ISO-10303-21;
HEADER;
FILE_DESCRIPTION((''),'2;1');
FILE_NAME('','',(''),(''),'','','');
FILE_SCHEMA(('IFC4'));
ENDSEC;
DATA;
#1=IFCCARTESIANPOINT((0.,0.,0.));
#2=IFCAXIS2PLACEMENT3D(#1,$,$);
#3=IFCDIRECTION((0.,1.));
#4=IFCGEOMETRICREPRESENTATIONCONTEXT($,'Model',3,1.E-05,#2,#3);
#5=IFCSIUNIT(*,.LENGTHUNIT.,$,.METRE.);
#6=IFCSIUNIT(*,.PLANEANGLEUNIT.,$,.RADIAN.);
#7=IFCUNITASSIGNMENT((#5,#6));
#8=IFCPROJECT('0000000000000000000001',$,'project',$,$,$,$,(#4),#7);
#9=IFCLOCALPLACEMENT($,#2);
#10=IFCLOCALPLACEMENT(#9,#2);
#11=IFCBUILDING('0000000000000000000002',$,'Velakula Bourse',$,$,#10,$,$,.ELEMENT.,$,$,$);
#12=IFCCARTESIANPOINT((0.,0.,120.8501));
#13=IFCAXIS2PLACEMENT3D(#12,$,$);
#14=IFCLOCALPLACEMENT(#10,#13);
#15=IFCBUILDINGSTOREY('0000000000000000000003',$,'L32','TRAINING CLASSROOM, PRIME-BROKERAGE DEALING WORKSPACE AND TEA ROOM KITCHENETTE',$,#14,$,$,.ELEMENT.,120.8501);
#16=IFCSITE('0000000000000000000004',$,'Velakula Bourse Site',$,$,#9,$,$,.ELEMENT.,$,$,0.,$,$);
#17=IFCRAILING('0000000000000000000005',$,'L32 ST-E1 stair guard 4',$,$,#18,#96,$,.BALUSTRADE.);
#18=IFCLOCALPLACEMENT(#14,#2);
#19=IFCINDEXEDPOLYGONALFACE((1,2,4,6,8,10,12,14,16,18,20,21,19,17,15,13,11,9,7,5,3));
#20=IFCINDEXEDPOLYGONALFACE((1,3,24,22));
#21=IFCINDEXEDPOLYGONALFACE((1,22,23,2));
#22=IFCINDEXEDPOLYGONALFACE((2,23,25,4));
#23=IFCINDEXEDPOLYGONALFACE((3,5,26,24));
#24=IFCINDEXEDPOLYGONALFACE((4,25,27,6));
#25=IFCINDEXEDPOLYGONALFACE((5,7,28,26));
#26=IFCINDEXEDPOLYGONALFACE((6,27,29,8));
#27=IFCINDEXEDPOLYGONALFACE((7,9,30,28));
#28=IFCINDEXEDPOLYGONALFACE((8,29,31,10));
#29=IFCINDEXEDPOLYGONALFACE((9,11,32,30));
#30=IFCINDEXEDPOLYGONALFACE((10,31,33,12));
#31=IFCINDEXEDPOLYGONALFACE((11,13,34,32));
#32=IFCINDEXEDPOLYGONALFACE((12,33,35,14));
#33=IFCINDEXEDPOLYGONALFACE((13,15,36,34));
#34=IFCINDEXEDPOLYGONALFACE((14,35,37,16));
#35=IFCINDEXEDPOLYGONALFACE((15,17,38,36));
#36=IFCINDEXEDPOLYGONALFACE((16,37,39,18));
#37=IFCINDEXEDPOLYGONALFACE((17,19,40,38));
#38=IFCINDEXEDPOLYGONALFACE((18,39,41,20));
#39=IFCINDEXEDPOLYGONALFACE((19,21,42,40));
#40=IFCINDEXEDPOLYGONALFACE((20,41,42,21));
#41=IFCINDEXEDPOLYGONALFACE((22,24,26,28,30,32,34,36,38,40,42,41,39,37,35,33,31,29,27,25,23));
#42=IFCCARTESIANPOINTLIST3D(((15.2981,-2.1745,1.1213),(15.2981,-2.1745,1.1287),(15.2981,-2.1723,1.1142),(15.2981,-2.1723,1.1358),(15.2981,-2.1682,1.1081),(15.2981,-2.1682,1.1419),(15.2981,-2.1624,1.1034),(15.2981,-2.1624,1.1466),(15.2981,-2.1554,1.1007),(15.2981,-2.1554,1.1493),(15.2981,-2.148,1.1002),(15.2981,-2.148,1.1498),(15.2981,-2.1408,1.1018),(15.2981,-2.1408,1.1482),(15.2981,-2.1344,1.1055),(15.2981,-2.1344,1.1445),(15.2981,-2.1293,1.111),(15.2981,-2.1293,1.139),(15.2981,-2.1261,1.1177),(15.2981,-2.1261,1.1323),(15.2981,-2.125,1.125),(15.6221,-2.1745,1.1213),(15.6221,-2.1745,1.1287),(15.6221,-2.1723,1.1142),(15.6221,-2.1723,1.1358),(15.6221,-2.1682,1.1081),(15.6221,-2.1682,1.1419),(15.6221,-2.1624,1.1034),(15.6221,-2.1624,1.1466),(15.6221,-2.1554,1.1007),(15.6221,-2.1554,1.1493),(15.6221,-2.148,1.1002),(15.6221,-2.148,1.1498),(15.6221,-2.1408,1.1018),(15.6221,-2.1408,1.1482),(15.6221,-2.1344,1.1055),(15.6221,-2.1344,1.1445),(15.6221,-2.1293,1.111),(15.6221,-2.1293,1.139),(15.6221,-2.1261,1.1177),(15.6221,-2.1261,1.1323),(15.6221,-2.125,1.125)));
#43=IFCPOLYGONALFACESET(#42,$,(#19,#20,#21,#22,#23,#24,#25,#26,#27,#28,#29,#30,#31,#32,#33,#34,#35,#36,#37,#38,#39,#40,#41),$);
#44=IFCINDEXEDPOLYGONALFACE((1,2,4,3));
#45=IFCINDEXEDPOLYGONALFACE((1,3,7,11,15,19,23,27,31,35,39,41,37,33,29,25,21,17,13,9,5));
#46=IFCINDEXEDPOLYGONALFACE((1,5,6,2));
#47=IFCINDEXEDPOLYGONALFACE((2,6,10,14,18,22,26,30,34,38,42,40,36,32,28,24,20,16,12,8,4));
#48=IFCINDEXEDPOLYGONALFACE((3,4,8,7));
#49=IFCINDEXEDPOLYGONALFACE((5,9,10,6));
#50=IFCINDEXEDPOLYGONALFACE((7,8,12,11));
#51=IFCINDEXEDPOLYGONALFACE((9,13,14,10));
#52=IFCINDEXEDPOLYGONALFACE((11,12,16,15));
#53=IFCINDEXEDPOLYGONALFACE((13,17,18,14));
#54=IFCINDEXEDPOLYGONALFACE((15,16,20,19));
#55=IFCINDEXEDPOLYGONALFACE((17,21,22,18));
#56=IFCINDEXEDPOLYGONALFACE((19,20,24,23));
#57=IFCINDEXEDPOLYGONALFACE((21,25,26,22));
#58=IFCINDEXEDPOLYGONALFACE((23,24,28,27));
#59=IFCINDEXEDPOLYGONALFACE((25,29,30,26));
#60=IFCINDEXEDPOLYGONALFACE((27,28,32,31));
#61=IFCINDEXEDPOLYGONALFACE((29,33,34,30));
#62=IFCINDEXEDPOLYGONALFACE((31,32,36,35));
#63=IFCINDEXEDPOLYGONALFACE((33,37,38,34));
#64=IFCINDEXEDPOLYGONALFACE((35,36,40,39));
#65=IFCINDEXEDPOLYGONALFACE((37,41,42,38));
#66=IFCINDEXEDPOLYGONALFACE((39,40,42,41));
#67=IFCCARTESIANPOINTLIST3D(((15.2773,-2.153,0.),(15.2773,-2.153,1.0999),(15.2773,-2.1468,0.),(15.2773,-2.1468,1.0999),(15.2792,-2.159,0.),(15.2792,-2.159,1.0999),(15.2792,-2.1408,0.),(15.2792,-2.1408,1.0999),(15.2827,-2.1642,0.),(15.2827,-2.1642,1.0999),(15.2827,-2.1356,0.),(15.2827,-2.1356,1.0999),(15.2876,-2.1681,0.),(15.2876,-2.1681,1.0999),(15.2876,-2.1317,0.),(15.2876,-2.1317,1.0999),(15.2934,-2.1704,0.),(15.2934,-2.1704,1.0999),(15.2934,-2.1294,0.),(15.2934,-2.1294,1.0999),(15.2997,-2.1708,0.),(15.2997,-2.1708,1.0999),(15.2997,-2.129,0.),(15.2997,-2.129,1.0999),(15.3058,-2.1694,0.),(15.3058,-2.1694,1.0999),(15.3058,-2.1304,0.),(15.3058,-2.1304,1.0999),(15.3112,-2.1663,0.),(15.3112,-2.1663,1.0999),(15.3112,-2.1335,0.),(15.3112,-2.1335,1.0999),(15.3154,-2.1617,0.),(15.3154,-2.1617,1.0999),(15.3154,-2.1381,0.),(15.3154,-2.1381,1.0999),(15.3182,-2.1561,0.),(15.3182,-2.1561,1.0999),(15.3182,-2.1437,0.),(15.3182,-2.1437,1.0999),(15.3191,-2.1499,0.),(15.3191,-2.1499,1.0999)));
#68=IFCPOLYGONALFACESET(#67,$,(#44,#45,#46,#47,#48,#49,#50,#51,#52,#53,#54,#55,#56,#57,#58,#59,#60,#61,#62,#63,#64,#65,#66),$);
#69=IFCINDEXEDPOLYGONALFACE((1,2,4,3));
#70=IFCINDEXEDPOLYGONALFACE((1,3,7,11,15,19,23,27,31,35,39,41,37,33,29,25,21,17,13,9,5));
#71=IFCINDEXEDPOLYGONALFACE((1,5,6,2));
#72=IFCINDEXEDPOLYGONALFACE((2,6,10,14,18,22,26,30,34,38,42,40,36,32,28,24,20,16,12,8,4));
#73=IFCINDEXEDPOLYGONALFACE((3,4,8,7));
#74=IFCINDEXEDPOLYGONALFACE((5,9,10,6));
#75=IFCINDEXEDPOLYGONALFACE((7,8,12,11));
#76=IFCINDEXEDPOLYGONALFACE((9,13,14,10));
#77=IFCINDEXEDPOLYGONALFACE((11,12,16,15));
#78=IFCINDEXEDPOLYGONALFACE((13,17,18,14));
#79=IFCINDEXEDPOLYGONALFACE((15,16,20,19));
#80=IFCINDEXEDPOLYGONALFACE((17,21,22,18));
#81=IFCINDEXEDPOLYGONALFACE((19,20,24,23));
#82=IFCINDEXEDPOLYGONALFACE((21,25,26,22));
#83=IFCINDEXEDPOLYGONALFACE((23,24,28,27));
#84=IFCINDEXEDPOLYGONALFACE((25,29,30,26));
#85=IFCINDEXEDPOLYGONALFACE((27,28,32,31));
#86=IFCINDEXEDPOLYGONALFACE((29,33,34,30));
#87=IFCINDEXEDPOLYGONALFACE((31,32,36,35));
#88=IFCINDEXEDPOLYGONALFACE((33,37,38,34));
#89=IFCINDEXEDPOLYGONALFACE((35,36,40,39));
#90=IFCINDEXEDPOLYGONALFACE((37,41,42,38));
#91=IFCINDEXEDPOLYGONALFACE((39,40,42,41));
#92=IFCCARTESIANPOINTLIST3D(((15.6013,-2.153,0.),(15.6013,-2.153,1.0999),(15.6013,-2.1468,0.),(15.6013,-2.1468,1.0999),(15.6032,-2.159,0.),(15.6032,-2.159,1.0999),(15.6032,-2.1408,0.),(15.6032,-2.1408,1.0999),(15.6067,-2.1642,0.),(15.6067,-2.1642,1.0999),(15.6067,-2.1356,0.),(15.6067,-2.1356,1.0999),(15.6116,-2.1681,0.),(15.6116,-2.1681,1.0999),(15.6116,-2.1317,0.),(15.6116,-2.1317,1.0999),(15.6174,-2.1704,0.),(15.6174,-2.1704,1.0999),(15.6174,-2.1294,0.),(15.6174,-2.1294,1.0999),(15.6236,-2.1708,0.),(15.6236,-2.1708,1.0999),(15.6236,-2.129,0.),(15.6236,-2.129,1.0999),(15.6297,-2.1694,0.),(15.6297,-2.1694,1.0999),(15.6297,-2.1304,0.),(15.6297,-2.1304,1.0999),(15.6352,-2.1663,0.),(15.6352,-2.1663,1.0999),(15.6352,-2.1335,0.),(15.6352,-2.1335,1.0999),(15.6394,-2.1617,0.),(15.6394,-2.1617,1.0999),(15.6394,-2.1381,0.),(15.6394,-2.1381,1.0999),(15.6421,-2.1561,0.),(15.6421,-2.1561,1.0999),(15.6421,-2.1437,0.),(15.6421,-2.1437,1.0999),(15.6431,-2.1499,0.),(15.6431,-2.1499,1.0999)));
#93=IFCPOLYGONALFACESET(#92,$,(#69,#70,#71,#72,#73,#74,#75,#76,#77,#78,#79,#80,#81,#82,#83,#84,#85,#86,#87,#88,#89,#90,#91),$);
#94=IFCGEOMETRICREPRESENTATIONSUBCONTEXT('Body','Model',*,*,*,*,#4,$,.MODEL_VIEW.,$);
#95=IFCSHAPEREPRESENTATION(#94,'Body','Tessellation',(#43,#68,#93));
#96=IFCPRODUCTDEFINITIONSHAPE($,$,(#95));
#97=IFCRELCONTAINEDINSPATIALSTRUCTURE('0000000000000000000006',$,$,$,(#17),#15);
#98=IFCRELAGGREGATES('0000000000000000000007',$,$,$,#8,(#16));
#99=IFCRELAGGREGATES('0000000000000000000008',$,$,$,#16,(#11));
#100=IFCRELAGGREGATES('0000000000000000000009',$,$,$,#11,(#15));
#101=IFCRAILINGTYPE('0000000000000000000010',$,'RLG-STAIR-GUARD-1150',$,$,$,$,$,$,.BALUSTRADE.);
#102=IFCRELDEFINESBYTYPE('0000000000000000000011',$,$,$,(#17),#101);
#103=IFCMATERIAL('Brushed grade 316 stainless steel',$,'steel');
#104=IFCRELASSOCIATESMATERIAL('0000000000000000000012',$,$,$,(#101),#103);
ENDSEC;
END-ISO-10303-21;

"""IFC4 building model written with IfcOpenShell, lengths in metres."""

from ifc_helpers import new_model, si_unit, direction, frame, origin, origin_2d, place, context, subcontext, project, spatial, circle, extrude, material, type_object, element, save


model = new_model("IFC4")

# Units and contexts
model_context = context("Model", 3, precision=1e-05, world=origin(), true_north=direction((0.0, 1.0)))
body_context = subcontext(model_context, "Body", "Model", "MODEL_VIEW")
ifc_project = project(units=[si_unit("LENGTHUNIT", "METRE"), si_unit("PLANEANGLEUNIT", "RADIAN")], contexts=[model_context])

# Site, building, storey
site_placement = place(None, origin())
site = spatial("IfcSite", under=ifc_project, at=site_placement, Name="Velakula Bourse Site", CompositionType="ELEMENT", RefElevation=0.0)
building_placement = place(site_placement, origin())
building = spatial("IfcBuilding", under=site, at=building_placement, Name="Velakula Bourse", CompositionType="ELEMENT")
storey_placement = place(building_placement, frame((0.0, 0.0, 120.8501)))
storey = spatial("IfcBuildingStorey", under=building, at=storey_placement, Name="L32", Description="TRAINING CLASSROOM, PRIME-BROKERAGE DEALING WORKSPACE AND TEA ROOM KITCHENETTE", CompositionType="ELEMENT", Elevation=120.8501)

# Shared definitions
ifc_material_1 = material(Name="Brushed grade 316 stainless steel", Category="steel")

# Railing
railing_type_1 = type_object("IfcRailingType", Name="RLG-STAIR-GUARD-1150", PredefinedType="BALUSTRADE", material=ifc_material_1)
railing_1_placement = place(storey_placement, frame((15.2981, -2.1499, 0.0)))
element("IfcRailing", 1, at=railing_1_placement, inside=storey, type_object=railing_type_1, Name="L32 ST-E1 stair guard 4", PredefinedType="BALUSTRADE", context=body_context, shape_type="SweptSolid", body=[
    extrude(circle(Radius=0.0249, at=origin_2d()), frame((0.0, 0.0, 1.125), z_axis=(1.0, 0.0, 0.0), x_axis=(0.0, 1.0, 0.0)), (0.0, 0.0, 1.0), 0.324),
    extrude(circle(Radius=0.021, at=origin_2d()), origin(), (0.0, 0.0, 1.0), 1.0999),
    extrude(circle(Radius=0.021, at=origin_2d()), frame((0.324, 0.0, 0.0)), (0.0, 0.0, 1.0), 1.0999),
])

save(model, "model.ifc")
